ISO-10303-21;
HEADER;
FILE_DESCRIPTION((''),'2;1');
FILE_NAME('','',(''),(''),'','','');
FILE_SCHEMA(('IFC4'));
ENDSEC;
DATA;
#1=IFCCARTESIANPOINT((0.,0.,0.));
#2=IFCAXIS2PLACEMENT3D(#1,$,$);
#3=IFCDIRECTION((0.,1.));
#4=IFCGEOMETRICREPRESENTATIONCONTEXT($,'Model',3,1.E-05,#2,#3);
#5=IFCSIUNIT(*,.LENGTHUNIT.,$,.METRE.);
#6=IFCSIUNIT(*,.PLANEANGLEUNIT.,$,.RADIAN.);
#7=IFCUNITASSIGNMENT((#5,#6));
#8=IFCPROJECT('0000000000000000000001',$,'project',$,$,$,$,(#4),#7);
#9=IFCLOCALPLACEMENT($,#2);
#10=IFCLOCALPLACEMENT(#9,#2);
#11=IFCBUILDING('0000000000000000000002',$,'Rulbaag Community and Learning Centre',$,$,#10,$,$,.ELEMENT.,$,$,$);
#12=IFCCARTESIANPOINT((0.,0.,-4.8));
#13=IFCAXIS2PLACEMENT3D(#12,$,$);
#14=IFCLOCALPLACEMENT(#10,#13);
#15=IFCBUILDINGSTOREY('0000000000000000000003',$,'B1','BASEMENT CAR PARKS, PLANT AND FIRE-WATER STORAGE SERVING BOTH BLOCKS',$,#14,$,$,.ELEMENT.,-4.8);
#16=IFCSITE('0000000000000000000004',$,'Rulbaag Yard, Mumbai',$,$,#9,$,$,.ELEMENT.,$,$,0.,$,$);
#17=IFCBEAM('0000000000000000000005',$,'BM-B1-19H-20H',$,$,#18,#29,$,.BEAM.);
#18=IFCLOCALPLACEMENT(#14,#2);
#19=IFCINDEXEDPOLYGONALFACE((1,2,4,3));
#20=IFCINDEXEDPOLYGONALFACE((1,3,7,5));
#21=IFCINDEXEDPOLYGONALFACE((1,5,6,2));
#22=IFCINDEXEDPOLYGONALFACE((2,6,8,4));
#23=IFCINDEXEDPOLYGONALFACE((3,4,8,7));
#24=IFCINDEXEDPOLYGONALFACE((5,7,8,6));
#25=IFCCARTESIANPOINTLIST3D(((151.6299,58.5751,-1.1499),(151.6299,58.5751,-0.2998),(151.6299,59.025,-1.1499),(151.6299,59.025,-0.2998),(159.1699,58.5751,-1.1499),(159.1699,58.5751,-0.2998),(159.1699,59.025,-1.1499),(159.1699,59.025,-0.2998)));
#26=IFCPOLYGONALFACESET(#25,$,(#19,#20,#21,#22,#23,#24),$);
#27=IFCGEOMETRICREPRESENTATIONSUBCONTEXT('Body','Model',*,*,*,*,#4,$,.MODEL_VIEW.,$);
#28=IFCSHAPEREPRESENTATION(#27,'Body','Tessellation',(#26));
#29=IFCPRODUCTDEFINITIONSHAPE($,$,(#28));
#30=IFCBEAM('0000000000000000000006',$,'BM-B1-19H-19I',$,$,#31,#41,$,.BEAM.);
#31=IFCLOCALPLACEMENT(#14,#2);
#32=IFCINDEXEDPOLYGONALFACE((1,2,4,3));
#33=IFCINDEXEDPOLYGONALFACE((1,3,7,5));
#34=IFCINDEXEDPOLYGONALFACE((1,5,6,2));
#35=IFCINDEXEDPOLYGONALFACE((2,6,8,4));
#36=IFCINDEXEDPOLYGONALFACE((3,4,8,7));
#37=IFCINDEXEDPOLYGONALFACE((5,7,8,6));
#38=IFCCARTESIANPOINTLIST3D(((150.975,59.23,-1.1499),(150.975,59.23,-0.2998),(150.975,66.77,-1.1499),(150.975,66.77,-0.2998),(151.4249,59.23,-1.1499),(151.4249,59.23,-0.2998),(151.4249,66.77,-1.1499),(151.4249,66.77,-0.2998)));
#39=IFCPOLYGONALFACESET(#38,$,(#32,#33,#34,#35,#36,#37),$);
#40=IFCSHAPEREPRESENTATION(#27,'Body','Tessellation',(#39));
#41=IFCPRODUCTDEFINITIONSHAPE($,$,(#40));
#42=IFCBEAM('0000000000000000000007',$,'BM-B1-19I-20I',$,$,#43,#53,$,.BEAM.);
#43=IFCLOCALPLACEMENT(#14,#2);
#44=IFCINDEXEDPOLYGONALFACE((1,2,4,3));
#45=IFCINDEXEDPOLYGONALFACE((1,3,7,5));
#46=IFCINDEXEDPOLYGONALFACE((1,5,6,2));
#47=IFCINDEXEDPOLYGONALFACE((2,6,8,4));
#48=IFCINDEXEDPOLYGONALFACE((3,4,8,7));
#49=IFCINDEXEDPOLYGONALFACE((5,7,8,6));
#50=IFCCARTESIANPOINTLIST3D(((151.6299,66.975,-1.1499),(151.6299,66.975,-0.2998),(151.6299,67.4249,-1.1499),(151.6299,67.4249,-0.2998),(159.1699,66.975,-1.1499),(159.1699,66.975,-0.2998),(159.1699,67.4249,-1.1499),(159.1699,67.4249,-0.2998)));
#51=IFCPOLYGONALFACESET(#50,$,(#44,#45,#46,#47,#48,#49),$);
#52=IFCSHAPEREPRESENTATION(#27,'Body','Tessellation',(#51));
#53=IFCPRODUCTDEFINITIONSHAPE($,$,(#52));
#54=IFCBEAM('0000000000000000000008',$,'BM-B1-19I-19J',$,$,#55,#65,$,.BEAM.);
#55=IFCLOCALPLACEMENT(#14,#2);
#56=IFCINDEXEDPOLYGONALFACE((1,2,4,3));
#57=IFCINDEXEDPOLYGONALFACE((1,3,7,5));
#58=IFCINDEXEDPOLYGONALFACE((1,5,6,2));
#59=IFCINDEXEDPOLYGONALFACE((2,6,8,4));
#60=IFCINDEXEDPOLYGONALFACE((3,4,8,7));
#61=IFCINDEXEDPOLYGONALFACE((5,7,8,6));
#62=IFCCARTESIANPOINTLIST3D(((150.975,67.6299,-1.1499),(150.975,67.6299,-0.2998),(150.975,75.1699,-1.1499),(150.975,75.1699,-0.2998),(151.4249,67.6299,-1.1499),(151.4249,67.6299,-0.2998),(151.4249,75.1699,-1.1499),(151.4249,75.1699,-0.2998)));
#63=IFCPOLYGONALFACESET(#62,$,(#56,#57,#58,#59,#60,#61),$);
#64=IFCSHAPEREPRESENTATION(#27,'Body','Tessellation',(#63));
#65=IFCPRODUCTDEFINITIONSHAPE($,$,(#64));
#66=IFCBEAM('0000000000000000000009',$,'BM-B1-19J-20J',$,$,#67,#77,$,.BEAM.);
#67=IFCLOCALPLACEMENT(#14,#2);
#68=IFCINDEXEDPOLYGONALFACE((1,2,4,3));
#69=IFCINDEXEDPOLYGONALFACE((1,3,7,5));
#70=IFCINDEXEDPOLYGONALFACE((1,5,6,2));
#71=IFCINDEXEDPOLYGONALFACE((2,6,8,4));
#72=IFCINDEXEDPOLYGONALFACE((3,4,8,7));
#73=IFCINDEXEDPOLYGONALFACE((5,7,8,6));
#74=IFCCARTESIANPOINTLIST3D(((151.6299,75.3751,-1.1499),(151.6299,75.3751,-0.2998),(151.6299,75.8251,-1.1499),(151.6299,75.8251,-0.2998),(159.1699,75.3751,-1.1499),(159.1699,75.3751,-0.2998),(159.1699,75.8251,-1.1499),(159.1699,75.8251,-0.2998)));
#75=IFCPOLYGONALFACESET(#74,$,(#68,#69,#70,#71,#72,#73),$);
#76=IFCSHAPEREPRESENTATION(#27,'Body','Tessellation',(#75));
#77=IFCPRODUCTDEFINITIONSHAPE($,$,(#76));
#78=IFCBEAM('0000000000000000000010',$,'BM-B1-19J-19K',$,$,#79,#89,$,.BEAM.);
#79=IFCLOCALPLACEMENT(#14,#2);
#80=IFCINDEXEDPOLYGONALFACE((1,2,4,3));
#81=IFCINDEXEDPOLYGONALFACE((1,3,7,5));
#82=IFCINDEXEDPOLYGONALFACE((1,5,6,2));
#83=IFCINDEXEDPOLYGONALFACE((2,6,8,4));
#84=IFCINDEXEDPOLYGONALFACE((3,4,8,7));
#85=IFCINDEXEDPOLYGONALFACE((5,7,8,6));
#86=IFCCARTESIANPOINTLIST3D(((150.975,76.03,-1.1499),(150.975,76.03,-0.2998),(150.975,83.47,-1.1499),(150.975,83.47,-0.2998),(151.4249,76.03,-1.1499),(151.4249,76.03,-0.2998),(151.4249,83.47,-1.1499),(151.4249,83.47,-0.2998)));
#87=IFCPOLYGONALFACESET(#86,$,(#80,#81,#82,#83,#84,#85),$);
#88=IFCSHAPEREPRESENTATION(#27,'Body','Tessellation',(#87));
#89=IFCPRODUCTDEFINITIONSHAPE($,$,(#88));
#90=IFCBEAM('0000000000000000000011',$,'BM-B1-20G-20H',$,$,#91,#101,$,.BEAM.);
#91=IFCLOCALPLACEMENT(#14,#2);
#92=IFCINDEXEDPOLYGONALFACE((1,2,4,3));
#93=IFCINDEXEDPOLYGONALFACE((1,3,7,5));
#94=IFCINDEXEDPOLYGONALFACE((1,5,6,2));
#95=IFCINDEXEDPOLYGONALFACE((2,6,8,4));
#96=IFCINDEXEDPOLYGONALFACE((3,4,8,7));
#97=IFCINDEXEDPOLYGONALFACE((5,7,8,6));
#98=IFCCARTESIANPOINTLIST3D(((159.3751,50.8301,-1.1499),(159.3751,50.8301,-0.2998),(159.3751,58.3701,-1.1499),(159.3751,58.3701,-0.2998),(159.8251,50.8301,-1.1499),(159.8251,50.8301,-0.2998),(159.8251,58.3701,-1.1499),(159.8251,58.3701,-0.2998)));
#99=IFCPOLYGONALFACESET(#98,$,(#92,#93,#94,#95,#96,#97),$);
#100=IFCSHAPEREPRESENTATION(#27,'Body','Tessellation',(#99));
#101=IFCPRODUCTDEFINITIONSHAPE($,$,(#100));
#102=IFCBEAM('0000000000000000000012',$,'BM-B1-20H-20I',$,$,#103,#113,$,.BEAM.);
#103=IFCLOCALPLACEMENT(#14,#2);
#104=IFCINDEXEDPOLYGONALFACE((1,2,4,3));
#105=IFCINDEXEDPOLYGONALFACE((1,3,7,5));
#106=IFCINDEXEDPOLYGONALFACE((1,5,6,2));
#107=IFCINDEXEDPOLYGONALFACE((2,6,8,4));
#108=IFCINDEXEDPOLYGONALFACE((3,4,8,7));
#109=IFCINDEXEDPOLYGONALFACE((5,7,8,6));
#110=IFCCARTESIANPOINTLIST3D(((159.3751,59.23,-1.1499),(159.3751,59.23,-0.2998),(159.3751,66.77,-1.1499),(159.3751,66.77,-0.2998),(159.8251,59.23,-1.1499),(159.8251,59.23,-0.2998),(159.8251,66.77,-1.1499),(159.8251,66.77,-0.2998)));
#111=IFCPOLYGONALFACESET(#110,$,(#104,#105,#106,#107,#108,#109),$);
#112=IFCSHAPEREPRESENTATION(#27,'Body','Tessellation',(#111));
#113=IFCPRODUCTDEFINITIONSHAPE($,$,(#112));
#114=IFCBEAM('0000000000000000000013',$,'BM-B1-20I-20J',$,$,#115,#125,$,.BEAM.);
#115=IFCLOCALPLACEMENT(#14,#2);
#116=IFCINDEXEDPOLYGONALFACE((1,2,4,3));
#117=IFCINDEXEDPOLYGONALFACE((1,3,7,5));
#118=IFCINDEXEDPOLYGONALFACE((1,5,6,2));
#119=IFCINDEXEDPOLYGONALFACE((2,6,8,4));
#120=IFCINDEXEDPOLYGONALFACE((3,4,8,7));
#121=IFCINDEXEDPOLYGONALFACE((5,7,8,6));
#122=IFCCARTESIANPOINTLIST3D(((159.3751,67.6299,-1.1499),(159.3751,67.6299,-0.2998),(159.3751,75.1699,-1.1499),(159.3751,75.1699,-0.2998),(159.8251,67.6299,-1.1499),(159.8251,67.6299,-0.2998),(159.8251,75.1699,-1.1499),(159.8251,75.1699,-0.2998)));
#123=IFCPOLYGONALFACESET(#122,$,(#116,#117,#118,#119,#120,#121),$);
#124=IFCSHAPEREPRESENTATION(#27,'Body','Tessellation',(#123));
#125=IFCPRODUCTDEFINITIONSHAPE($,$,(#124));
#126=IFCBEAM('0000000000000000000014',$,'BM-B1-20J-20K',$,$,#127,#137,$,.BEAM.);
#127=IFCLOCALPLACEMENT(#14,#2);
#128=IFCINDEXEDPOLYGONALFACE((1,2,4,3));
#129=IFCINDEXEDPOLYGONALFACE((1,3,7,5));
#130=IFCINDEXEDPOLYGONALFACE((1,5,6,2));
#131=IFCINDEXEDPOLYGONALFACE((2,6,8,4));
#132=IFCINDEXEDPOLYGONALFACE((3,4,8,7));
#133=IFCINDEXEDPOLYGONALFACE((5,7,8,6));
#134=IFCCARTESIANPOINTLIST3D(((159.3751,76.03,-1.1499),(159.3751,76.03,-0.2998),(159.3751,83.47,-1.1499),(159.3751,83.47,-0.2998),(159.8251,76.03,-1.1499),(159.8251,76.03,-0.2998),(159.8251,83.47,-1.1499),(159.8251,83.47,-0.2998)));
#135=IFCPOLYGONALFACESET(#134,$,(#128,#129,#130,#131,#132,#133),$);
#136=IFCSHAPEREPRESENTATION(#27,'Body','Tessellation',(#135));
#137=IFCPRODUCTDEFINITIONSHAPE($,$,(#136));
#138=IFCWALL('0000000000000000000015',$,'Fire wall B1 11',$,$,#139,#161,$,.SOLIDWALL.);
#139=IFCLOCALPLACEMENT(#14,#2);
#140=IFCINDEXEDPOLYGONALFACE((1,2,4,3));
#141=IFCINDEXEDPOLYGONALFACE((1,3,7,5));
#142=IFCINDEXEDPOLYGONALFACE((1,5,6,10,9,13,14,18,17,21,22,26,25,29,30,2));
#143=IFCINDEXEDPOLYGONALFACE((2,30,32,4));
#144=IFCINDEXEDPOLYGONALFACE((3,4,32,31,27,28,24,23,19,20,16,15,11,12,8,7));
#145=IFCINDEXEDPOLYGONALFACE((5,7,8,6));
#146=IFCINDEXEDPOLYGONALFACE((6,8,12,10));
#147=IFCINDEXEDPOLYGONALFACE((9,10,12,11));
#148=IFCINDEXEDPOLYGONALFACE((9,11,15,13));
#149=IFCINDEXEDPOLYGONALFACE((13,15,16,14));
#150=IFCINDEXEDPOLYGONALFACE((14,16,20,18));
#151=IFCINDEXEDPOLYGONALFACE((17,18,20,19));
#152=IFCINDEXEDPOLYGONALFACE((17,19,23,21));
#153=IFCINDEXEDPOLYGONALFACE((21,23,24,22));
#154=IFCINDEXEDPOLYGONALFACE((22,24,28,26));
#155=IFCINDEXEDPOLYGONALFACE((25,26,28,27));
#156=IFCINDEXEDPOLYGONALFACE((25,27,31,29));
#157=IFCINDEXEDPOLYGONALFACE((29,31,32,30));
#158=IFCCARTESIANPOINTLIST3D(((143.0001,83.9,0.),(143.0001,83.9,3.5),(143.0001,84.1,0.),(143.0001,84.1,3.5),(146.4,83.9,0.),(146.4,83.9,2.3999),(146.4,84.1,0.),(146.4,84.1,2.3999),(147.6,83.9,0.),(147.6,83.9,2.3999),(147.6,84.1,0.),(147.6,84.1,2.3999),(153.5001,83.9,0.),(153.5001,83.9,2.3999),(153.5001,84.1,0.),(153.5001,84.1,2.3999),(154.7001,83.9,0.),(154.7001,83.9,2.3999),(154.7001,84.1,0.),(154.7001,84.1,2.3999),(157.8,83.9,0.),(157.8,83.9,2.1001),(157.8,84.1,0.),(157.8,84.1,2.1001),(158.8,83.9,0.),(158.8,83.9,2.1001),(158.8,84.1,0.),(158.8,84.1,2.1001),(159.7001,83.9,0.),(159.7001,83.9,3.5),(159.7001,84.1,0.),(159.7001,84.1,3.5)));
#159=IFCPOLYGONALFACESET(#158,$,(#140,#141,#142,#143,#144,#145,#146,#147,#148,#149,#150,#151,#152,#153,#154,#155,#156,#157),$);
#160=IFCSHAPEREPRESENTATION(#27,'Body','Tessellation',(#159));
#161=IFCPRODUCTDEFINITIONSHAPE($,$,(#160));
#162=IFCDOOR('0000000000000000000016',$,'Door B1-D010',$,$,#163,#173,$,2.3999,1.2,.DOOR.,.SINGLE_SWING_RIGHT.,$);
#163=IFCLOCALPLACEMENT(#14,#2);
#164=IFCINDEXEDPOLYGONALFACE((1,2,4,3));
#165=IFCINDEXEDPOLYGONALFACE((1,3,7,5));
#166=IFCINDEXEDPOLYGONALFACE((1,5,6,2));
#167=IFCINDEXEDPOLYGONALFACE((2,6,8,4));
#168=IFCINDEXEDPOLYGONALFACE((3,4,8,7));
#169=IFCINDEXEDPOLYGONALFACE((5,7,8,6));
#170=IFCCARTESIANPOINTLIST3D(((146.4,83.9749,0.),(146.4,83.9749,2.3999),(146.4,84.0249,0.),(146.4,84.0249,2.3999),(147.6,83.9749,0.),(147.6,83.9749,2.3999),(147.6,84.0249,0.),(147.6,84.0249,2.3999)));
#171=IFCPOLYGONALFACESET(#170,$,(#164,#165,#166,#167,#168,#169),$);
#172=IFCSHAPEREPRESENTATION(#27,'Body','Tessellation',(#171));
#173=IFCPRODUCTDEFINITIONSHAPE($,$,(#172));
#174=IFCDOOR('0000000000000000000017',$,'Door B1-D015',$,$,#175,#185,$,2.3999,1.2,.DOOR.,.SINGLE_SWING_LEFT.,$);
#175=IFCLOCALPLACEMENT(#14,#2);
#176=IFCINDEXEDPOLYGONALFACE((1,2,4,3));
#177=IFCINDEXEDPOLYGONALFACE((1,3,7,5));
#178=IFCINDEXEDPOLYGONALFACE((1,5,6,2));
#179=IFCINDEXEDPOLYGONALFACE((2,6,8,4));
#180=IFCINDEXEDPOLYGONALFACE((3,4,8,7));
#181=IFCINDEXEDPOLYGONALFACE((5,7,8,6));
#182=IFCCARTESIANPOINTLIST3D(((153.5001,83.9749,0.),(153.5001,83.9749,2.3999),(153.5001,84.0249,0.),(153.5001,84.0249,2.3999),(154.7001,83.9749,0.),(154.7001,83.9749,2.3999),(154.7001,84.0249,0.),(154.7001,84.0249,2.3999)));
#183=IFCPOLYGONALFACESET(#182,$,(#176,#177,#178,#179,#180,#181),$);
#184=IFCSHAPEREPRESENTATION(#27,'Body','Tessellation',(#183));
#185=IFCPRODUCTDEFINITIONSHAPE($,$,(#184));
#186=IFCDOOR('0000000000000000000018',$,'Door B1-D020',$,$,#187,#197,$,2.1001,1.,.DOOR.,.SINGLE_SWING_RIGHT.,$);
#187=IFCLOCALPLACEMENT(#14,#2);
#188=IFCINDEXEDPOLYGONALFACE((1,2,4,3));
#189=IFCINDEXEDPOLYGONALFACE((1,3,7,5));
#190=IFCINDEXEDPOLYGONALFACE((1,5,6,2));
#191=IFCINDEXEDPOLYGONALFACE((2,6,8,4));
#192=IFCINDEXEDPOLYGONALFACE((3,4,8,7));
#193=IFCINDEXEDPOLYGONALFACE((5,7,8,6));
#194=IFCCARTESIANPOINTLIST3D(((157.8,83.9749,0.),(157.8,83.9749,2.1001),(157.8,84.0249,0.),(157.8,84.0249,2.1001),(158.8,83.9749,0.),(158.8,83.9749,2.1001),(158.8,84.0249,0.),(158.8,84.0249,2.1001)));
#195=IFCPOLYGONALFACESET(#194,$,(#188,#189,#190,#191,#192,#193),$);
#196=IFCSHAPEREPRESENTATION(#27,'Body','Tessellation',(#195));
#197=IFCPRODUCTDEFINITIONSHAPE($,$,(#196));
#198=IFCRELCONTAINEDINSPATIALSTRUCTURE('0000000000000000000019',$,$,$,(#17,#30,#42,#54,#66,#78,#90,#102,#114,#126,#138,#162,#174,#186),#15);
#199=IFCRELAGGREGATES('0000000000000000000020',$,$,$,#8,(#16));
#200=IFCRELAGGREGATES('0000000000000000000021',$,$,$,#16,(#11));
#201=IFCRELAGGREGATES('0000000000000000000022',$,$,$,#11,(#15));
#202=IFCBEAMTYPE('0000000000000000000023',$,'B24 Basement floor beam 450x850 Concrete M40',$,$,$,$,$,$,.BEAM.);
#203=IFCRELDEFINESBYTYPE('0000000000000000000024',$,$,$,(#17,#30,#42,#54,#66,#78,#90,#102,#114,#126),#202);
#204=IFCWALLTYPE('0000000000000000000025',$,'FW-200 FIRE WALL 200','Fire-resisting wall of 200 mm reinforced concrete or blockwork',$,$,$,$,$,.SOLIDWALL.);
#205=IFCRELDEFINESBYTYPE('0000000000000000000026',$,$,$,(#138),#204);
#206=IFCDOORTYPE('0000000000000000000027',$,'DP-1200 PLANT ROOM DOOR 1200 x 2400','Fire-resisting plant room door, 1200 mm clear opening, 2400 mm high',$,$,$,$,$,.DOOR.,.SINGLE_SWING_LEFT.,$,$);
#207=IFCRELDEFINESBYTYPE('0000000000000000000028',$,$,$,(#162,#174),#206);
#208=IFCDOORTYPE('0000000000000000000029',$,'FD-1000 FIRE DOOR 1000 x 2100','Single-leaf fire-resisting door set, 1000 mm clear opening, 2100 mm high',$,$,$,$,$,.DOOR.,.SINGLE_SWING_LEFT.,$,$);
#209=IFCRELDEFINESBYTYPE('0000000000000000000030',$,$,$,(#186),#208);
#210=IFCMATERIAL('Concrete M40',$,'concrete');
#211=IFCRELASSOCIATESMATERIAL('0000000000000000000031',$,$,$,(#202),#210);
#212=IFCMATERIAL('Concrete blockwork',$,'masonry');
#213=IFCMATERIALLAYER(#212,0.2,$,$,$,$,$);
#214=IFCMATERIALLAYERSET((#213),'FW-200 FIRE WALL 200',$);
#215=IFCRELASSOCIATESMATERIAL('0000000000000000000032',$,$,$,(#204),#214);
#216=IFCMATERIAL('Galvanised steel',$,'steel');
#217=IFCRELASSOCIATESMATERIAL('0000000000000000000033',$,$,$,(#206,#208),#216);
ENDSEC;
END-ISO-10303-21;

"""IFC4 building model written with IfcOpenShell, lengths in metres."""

from ifc_helpers import new_model, si_unit, direction, frame, frame_2d, origin, origin_2d, place, context, subcontext, project, spatial, rectangle, extrude, material, layer, layer_set, material_profile, profile_set, type_object, element, fill, save


model = new_model("IFC4")

# Units and contexts
model_context = context("Model", 3, precision=1e-05, world=origin(), true_north=direction((0.0, 1.0)))
body_context = subcontext(model_context, "Body", "Model", "MODEL_VIEW")
ifc_project = project(units=[si_unit("LENGTHUNIT", "METRE"), si_unit("PLANEANGLEUNIT", "RADIAN")], contexts=[model_context])

# Site, building, storey
site_placement = place(None, origin())
site = spatial("IfcSite", under=ifc_project, at=site_placement, Name="Rulbaag Yard, Mumbai", CompositionType="ELEMENT", RefElevation=0.0)
building_placement = place(site_placement, origin())
building = spatial("IfcBuilding", under=site, at=building_placement, Name="Rulbaag Community and Learning Centre", CompositionType="ELEMENT")
storey_placement = place(building_placement, frame((0.0, 0.0, -4.8)))
storey = spatial("IfcBuildingStorey", under=building, at=storey_placement, Name="B1", Description="BASEMENT CAR PARKS, PLANT AND FIRE-WATER STORAGE SERVING BOTH BLOCKS", CompositionType="ELEMENT", Elevation=-4.8)

# Beams
ifc_material_1 = material(Name="Concrete M40", Category="concrete")
ifc_material_profile_1 = material_profile(ifc_material_1, rectangle(XDim=0.45, YDim=0.8501, at=origin_2d()), Name="RB450x850")
ifc_profile_set_1 = profile_set([ifc_material_profile_1], Name="Concrete M40")
beam_type_1 = type_object("IfcBeamType", Name="B24 Basement floor beam 450x850 Concrete M40", PredefinedType="BEAM", material=ifc_profile_set_1)
for number, where, z_axis, x_axis, name in (
    (1, (151.6299, 58.8, -0.7249), (1.0, 0.0, 0.0), (0.0, 1.0, 0.0), "BM-B1-19H-20H"),
    (2, (151.2, 59.23, -0.7249), (0.0, 1.0, 0.0), (-1.0, 0.0, 0.0), "BM-B1-19H-19I"),
    (3, (151.6299, 67.2, -0.7249), (1.0, 0.0, 0.0), (0.0, 1.0, 0.0), "BM-B1-19I-20I"),
    (4, (151.2, 67.6299, -0.7249), (0.0, 1.0, 0.0), (-1.0, 0.0, 0.0), "BM-B1-19I-19J"),
    (5, (151.6299, 75.6001, -0.7249), (1.0, 0.0, 0.0), (0.0, 1.0, 0.0), "BM-B1-19J-20J"),
):
    element("IfcBeam", number, at=place(storey_placement, frame(where, z_axis=z_axis, x_axis=x_axis)), inside=storey, type_object=beam_type_1, Name=name, PredefinedType="BEAM", context=body_context, shape_type="SweptSolid", body=[
        extrude(rectangle(XDim=0.45, YDim=0.8501, at=origin_2d()), origin(), (0.0, 0.0, 1.0), 7.54),
    ])
beam_1_placement = place(storey_placement, frame((151.2, 76.03, -0.7249), z_axis=(0.0, 1.0, 0.0), x_axis=(-1.0, 0.0, 0.0)))
element("IfcBeam", 6, at=beam_1_placement, inside=storey, type_object=beam_type_1, Name="BM-B1-19J-19K", PredefinedType="BEAM", context=body_context, shape_type="SweptSolid", body=[
    extrude(rectangle(XDim=0.45, YDim=0.8501, at=origin_2d()), origin(), (0.0, 0.0, 1.0), 7.4399),
])
for number, where, z_axis, x_axis, name in (
    (7, (159.6001, 50.8301, -0.7249), (0.0, 1.0, 0.0), (-1.0, 0.0, 0.0), "BM-B1-20G-20H"),
    (8, (159.6001, 59.23, -0.7249), (0.0, 1.0, 0.0), (-1.0, 0.0, 0.0), "BM-B1-20H-20I"),
    (9, (159.6001, 67.6299, -0.7249), (0.0, 1.0, 0.0), (-1.0, 0.0, 0.0), "BM-B1-20I-20J"),
):
    element("IfcBeam", number, at=place(storey_placement, frame(where, z_axis=z_axis, x_axis=x_axis)), inside=storey, type_object=beam_type_1, Name=name, PredefinedType="BEAM", context=body_context, shape_type="SweptSolid", body=[
        extrude(rectangle(XDim=0.45, YDim=0.8501, at=origin_2d()), origin(), (0.0, 0.0, 1.0), 7.54),
    ])
beam_2_placement = place(storey_placement, frame((159.6001, 76.03, -0.7249), z_axis=(0.0, 1.0, 0.0), x_axis=(-1.0, 0.0, 0.0)))
element("IfcBeam", 10, at=beam_2_placement, inside=storey, type_object=beam_type_1, Name="BM-B1-20J-20K", PredefinedType="BEAM", context=body_context, shape_type="SweptSolid", body=[
    extrude(rectangle(XDim=0.45, YDim=0.8501, at=origin_2d()), origin(), (0.0, 0.0, 1.0), 7.4399),
])

# Wall, openings, doors
ifc_material_2 = material(Name="Concrete blockwork", Category="masonry")
ifc_layer_1 = layer(ifc_material_2, 0.2)
ifc_layer_set_1 = layer_set([ifc_layer_1], Name="FW-200 FIRE WALL 200")
wall_type_1 = type_object("IfcWallType", Name="FW-200 FIRE WALL 200", Description="Fire-resisting wall of 200 mm reinforced concrete or blockwork", PredefinedType="SOLIDWALL", material=ifc_layer_set_1)
wall_1_placement = place(storey_placement, frame((143.0, 84.0, 0.0), z_axis=(0.0, 0.0, 1.0), x_axis=(1.0, 0.0, 0.0)))
wall_1 = element("IfcWall", 11, at=wall_1_placement, inside=storey, type_object=wall_type_1, Name="Fire wall B1 11", PredefinedType="SOLIDWALL", context=body_context, shape_type="SweptSolid", body=[
    extrude(rectangle(XDim=16.7, YDim=0.2, at=frame_2d((8.3501, 0.0))), origin(), (0.0, 0.0, 1.0), 3.5),
])
opening_1_placement = place(wall_1_placement, frame((3.3999, 0.0, 0.0)))
opening_1 = element("IfcOpeningElement", 12, at=opening_1_placement, cuts=wall_1, PredefinedType="OPENING", context=body_context, shape_type="SweptSolid", body=[
    extrude(rectangle(XDim=1.2, YDim=2.3999, at=frame_2d((0.6001, 1.2))), frame((0.0, 0.1099, 0.0), z_axis=(0.0, -1.0, 0.0), x_axis=(1.0, 0.0, 0.0)), (0.0, 0.0, 1.0), 0.22),
])
opening_2_placement = place(wall_1_placement, frame((10.5, 0.0, 0.0)))
opening_2 = element("IfcOpeningElement", 13, at=opening_2_placement, cuts=wall_1, PredefinedType="OPENING", context=body_context, shape_type="SweptSolid", body=[
    extrude(rectangle(XDim=1.2, YDim=2.3999, at=frame_2d((0.6001, 1.2))), frame((0.0, 0.1099, 0.0), z_axis=(0.0, -1.0, 0.0), x_axis=(1.0, 0.0, 0.0)), (0.0, 0.0, 1.0), 0.22),
])
opening_3_placement = place(wall_1_placement, frame((14.8, 0.0, 0.0)))
opening_3 = element("IfcOpeningElement", 14, at=opening_3_placement, cuts=wall_1, PredefinedType="OPENING", context=body_context, shape_type="SweptSolid", body=[
    extrude(rectangle(XDim=1.0, YDim=2.1001, at=frame_2d((0.5, 1.05))), frame((0.0, 0.1099, 0.0), z_axis=(0.0, -1.0, 0.0), x_axis=(1.0, 0.0, 0.0)), (0.0, 0.0, 1.0), 0.22),
])
ifc_material_3 = material(Name="Galvanised steel", Category="steel")
door_type_1 = type_object("IfcDoorType", Name="DP-1200 PLANT ROOM DOOR 1200 x 2400", Description="Fire-resisting plant room door, 1200 mm clear opening, 2400 mm high", OperationType="SINGLE_SWING_LEFT", PredefinedType="DOOR", material=ifc_material_3)
door_1_placement = place(opening_1_placement, origin())
door_1 = element("IfcDoor", 15, at=door_1_placement, inside=storey, type_object=door_type_1, Name="Door B1-D010", OperationType="SINGLE_SWING_RIGHT", OverallHeight=2.3999, OverallWidth=1.2, PredefinedType="DOOR", context=body_context, shape_type="SweptSolid", body=[
    extrude(rectangle(XDim=1.2, YDim=2.3999, at=frame_2d((0.6001, 1.2))), frame((0.0, 0.0249, 0.0), z_axis=(0.0, -1.0, 0.0), x_axis=(1.0, 0.0, 0.0)), (0.0, 0.0, 1.0), 0.05),
])
fill(opening_1, door_1)
door_2_placement = place(opening_2_placement, origin())
door_2 = element("IfcDoor", 16, at=door_2_placement, inside=storey, type_object=door_type_1, Name="Door B1-D015", OperationType="SINGLE_SWING_LEFT", OverallHeight=2.3999, OverallWidth=1.2, PredefinedType="DOOR", context=body_context, shape_type="SweptSolid", body=[
    extrude(rectangle(XDim=1.2, YDim=2.3999, at=frame_2d((0.6001, 1.2))), frame((0.0, 0.0249, 0.0), z_axis=(0.0, -1.0, 0.0), x_axis=(1.0, 0.0, 0.0)), (0.0, 0.0, 1.0), 0.05),
])
fill(opening_2, door_2)
door_type_2 = type_object("IfcDoorType", Name="FD-1000 FIRE DOOR 1000 x 2100", Description="Single-leaf fire-resisting door set, 1000 mm clear opening, 2100 mm high", OperationType="SINGLE_SWING_LEFT", PredefinedType="DOOR", material=ifc_material_3)
door_3_placement = place(opening_3_placement, origin())
door_3 = element("IfcDoor", 17, at=door_3_placement, inside=storey, type_object=door_type_2, Name="Door B1-D020", OperationType="SINGLE_SWING_RIGHT", OverallHeight=2.1001, OverallWidth=1.0, PredefinedType="DOOR", context=body_context, shape_type="SweptSolid", body=[
    extrude(rectangle(XDim=1.0, YDim=2.1001, at=frame_2d((0.5, 1.05))), frame((0.0, 0.0249, 0.0), z_axis=(0.0, -1.0, 0.0), x_axis=(1.0, 0.0, 0.0)), (0.0, 0.0, 1.0), 0.05),
])
fill(opening_3, door_3)

save(model, "model.ifc")
